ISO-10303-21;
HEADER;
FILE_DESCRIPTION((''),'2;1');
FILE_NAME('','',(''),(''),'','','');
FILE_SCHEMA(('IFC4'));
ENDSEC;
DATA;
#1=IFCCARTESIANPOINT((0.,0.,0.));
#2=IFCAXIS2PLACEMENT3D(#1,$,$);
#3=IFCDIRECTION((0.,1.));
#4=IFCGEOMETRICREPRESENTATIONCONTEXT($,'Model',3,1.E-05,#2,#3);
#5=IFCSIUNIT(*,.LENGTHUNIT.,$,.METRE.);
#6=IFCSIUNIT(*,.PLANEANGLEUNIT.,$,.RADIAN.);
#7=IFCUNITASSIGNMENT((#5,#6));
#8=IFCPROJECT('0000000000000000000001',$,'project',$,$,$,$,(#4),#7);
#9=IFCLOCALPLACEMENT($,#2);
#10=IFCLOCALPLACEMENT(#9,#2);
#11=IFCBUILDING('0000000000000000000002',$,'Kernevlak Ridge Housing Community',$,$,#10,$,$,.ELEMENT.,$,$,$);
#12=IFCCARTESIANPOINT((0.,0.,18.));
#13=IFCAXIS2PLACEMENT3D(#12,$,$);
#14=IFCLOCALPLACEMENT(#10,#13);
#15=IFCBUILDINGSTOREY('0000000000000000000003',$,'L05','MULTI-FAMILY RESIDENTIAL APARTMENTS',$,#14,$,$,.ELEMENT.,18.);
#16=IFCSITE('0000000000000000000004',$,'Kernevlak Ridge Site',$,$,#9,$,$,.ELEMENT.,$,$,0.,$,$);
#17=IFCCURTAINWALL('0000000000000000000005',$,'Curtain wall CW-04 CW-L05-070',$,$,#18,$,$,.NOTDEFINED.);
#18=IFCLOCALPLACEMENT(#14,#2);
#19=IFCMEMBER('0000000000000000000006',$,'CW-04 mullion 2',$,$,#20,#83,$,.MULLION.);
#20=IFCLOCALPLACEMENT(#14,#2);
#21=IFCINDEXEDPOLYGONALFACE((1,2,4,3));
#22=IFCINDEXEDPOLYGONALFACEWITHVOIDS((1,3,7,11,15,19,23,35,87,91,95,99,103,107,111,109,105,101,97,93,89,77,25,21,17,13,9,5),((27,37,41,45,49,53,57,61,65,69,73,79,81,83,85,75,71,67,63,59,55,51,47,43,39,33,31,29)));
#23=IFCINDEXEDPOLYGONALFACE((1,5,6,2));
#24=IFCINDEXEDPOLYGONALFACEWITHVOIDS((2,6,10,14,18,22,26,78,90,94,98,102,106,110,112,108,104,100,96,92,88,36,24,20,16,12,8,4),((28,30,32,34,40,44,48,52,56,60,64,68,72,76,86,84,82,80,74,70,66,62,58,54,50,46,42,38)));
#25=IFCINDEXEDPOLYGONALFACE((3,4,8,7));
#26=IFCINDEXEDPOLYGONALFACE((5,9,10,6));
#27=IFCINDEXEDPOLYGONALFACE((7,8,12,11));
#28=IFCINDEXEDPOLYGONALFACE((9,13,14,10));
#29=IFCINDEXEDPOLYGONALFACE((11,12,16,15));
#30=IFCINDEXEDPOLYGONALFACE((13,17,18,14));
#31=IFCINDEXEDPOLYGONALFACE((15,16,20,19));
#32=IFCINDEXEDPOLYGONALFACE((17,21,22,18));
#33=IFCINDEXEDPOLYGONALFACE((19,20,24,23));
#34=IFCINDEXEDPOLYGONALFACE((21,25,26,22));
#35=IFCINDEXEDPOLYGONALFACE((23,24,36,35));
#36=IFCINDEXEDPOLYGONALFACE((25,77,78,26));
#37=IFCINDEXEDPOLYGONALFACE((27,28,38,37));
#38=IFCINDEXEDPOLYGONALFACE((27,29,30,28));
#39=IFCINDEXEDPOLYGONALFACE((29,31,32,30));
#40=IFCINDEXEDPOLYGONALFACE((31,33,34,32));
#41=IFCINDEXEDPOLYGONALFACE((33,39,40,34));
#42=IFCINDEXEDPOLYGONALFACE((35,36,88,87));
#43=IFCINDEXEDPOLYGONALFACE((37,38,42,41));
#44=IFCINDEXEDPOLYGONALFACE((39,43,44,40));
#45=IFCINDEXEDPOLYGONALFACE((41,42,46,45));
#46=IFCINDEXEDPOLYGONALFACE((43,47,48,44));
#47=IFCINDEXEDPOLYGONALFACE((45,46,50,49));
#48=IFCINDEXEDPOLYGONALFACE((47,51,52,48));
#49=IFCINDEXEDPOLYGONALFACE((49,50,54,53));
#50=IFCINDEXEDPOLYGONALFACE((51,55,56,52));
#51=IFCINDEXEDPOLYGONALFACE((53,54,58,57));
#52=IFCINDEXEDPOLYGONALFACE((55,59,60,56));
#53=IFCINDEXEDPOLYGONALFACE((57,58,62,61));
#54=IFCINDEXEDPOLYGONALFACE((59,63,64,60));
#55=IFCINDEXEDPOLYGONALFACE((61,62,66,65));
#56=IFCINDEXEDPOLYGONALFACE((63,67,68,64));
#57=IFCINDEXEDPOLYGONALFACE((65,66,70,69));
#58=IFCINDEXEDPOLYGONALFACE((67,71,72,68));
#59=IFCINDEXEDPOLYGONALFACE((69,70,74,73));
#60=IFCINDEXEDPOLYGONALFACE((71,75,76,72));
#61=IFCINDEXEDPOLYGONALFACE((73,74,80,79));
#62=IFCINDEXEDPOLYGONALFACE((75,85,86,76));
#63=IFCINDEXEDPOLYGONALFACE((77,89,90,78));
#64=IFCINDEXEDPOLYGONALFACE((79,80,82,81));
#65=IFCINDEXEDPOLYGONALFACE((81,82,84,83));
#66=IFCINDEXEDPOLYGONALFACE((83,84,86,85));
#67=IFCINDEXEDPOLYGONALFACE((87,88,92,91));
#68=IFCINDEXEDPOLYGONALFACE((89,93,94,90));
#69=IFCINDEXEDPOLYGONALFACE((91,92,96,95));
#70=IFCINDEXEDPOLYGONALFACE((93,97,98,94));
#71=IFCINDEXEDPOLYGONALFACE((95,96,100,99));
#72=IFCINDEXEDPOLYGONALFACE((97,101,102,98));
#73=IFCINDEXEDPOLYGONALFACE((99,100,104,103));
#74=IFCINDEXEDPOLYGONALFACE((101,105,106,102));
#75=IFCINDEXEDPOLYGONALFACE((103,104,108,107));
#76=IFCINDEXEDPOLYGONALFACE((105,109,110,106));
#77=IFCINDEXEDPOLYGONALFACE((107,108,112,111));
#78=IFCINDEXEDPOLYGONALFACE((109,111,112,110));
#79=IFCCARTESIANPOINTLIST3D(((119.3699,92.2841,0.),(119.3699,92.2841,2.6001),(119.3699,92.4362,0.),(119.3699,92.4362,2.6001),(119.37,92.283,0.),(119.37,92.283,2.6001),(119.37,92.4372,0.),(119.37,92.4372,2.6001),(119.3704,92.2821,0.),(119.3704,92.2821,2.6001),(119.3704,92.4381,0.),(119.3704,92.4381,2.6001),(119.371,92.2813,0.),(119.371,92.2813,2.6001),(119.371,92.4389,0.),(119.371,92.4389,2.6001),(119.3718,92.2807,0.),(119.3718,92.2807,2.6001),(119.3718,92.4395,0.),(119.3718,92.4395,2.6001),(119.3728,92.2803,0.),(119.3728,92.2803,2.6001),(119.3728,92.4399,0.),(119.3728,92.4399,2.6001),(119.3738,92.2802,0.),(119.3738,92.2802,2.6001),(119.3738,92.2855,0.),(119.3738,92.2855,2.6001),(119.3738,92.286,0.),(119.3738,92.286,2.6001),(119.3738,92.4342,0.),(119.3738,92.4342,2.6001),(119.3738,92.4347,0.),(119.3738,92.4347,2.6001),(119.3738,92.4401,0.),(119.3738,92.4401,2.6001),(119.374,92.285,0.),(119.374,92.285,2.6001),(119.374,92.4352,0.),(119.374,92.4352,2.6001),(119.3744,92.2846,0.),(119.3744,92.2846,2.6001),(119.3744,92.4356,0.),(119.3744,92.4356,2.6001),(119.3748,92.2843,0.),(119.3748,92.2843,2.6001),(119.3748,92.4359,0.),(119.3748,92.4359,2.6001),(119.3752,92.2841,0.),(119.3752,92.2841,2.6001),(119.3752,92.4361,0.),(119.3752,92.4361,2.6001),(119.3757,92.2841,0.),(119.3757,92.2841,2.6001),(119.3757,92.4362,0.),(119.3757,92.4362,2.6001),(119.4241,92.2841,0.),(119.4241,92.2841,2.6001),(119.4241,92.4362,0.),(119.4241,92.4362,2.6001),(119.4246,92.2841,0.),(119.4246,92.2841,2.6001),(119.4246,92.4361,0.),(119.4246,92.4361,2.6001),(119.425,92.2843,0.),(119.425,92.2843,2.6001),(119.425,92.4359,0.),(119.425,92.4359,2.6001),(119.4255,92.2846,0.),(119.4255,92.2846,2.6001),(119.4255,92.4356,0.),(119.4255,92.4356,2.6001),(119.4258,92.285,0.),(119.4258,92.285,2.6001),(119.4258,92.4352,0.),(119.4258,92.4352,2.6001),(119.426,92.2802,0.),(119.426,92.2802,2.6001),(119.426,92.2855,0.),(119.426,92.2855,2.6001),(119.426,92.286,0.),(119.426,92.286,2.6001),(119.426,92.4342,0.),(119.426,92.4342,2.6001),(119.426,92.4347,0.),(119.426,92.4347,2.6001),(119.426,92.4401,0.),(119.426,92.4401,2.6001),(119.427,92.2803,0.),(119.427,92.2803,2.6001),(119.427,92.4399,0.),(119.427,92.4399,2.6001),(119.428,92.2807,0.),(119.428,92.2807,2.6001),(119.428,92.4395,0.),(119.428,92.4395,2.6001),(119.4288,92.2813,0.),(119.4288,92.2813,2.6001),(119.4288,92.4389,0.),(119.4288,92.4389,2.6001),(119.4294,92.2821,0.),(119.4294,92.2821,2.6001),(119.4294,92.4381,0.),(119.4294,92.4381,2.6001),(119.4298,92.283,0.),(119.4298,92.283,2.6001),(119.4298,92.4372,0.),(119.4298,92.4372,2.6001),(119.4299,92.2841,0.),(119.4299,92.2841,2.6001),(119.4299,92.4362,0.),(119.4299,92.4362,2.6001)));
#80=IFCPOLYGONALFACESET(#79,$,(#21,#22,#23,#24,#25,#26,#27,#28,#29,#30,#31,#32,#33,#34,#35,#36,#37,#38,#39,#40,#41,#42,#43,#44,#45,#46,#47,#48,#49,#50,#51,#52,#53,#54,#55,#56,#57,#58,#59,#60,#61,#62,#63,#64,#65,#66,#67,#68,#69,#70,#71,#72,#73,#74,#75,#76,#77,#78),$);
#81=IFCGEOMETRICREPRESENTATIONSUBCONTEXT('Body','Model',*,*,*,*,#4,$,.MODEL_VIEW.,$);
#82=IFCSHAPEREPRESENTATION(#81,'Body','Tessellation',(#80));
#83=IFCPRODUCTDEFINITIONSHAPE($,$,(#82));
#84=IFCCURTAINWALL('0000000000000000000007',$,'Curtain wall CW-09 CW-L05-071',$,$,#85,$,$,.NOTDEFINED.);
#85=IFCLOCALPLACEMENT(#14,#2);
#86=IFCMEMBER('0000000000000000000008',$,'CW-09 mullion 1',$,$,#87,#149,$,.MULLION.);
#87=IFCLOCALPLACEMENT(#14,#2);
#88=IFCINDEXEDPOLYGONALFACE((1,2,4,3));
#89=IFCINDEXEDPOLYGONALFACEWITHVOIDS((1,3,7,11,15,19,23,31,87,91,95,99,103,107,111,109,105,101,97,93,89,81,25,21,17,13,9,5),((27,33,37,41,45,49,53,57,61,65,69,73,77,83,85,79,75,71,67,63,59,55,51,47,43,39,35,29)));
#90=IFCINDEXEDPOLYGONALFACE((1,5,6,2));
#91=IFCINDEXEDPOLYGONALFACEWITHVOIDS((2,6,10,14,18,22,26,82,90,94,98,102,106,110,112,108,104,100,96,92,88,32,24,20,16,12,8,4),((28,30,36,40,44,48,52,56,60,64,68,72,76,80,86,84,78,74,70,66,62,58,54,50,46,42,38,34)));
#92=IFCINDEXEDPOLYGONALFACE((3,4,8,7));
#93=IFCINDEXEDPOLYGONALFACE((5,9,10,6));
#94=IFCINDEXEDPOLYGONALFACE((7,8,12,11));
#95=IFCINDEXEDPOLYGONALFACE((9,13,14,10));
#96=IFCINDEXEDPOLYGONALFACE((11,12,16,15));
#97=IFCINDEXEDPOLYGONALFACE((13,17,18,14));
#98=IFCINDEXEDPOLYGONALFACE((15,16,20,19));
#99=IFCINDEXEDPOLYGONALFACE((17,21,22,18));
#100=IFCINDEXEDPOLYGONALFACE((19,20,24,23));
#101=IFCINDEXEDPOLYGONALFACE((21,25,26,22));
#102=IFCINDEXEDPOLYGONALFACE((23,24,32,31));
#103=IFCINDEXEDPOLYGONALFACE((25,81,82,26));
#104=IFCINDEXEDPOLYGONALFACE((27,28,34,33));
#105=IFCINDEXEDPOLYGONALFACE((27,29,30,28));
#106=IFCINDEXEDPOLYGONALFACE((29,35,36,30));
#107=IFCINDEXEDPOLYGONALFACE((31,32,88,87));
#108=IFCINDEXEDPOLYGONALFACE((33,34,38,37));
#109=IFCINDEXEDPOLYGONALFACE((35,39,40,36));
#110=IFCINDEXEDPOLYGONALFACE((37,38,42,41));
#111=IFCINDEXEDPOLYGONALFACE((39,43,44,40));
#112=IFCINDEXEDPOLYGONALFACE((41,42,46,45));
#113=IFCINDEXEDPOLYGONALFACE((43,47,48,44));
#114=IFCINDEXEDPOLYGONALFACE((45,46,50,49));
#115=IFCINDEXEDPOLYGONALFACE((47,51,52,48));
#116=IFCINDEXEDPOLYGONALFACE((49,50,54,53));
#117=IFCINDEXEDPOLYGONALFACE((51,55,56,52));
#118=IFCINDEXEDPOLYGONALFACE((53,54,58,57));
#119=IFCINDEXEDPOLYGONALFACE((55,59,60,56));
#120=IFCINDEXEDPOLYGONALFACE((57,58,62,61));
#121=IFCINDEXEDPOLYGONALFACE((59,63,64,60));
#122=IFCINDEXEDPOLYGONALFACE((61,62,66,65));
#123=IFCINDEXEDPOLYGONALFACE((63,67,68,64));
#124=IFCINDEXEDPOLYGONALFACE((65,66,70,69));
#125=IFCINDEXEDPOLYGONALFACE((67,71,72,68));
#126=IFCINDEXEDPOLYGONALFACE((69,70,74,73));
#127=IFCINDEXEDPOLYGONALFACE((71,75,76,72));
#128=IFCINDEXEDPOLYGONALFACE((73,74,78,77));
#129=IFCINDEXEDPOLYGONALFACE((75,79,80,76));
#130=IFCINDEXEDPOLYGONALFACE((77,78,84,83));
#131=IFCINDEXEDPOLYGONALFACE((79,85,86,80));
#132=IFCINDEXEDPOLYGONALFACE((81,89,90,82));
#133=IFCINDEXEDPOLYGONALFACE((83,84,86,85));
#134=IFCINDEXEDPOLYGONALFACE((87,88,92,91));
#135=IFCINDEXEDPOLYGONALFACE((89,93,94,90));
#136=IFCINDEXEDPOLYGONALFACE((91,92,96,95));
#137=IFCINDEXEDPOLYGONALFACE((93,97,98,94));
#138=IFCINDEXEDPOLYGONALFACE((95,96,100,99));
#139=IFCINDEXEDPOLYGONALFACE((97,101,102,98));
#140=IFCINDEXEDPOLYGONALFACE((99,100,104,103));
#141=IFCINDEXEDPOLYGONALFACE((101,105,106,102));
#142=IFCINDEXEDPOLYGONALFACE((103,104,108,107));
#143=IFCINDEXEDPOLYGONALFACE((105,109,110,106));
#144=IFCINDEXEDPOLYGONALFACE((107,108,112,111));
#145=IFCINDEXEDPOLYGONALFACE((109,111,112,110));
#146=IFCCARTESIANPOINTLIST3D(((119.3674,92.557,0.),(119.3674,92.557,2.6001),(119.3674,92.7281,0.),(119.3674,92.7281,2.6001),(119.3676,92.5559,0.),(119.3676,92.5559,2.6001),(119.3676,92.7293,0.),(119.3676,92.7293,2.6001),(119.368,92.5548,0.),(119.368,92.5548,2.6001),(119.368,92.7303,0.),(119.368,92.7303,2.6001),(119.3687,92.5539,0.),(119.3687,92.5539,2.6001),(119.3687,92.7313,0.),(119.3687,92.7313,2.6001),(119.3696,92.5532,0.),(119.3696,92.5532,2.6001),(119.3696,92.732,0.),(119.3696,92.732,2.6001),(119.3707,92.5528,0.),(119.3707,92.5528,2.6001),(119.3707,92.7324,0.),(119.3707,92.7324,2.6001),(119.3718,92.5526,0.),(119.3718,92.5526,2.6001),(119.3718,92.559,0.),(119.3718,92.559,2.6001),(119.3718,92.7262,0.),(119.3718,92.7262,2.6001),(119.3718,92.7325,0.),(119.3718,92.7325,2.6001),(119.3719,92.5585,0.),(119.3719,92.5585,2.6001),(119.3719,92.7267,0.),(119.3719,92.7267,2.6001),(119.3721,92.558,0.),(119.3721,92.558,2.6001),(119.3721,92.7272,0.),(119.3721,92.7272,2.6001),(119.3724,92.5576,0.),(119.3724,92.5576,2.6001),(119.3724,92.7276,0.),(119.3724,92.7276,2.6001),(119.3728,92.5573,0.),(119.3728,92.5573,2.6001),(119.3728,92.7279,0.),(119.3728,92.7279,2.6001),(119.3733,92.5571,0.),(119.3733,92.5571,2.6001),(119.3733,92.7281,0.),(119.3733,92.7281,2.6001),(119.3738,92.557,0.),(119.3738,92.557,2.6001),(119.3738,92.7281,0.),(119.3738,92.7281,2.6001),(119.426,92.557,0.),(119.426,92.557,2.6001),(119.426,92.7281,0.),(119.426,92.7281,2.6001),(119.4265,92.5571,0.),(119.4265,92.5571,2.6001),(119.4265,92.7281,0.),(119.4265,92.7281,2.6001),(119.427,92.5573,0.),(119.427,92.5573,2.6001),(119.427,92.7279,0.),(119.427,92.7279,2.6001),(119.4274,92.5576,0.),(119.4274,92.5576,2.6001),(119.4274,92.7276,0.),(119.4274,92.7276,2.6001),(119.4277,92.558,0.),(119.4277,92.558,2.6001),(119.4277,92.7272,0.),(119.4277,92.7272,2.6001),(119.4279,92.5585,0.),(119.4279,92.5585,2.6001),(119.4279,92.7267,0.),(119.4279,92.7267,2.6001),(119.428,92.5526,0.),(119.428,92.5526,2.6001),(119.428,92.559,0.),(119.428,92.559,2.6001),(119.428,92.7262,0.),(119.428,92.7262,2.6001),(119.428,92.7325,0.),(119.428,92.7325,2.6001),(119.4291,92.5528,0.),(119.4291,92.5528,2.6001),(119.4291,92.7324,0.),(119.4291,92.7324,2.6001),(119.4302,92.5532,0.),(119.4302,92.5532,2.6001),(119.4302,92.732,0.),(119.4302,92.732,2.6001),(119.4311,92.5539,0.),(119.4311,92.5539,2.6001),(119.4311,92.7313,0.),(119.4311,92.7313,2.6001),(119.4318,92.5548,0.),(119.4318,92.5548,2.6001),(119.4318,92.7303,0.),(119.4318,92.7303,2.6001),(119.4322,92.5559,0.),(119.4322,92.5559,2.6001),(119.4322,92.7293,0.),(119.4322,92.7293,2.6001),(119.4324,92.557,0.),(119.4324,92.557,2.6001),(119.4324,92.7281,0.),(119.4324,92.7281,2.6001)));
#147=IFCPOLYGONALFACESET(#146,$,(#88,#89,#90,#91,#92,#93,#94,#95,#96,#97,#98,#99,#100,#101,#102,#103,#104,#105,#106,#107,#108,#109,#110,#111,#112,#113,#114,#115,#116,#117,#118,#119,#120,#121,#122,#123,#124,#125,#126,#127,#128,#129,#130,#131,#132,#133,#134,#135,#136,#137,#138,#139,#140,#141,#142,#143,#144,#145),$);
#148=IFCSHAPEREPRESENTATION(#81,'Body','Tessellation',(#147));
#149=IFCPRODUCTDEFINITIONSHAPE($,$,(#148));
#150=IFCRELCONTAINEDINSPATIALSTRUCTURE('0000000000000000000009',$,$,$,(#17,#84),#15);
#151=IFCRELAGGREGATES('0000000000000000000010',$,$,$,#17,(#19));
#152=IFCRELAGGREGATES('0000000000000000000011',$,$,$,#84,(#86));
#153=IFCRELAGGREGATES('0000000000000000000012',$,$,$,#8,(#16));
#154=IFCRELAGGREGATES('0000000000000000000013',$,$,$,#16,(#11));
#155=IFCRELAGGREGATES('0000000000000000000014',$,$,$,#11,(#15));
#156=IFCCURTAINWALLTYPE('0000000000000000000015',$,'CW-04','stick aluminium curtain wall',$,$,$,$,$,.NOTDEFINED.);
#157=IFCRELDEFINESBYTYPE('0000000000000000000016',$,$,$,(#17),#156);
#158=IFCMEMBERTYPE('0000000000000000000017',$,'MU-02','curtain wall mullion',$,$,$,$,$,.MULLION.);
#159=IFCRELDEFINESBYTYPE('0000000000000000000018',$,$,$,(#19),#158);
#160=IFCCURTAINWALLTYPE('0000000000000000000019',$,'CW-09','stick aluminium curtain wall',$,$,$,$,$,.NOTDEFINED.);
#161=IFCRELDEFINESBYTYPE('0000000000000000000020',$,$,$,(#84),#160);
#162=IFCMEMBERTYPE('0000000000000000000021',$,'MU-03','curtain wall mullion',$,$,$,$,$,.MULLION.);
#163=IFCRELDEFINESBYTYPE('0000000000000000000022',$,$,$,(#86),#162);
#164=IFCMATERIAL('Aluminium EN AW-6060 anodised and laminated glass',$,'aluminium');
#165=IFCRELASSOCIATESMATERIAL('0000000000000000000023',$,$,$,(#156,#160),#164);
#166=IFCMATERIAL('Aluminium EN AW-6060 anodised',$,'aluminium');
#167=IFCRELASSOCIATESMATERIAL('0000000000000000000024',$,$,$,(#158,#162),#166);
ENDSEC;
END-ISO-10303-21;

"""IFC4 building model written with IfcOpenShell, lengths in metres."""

from ifc_helpers import new_model, si_unit, direction, frame, origin, origin_2d, place, context, subcontext, project, spatial, hollow_rectangle, extrude, material, material_profile, profile_set, type_object, element, aggregate, save


model = new_model("IFC4")

# Units and contexts
model_context = context("Model", 3, precision=1e-05, world=origin(), true_north=direction((0.0, 1.0)))
body_context = subcontext(model_context, "Body", "Model", "MODEL_VIEW")
ifc_project = project(units=[si_unit("LENGTHUNIT", "METRE"), si_unit("PLANEANGLEUNIT", "RADIAN")], contexts=[model_context])

# Site, building, storey
site_placement = place(None, origin())
site = spatial("IfcSite", under=ifc_project, at=site_placement, Name="Kernevlak Ridge Site", CompositionType="ELEMENT", RefElevation=0.0)
building_placement = place(site_placement, origin())
building = spatial("IfcBuilding", under=site, at=building_placement, Name="Kernevlak Ridge Housing Community", CompositionType="ELEMENT")
storey_placement = place(building_placement, frame((0.0, 0.0, 18.0)))
storey = spatial("IfcBuildingStorey", under=building, at=storey_placement, Name="L05", Description="MULTI-FAMILY RESIDENTIAL APARTMENTS", CompositionType="ELEMENT", Elevation=18.0)

# Shared definitions
ifc_material_1 = material(Name="Aluminium EN AW-6060 anodised and laminated glass", Category="aluminium")
ifc_material_2 = material(Name="Aluminium EN AW-6060 anodised", Category="aluminium")

# Curtain walls, members
curtain_wall_type_1 = type_object("IfcCurtainWallType", Name="CW-04", Description="stick aluminium curtain wall", PredefinedType="NOTDEFINED", material=ifc_material_1)
curtain_wall_1_placement = place(storey_placement, origin())
curtain_wall_1 = element("IfcCurtainWall", 1, at=curtain_wall_1_placement, inside=storey, type_object=curtain_wall_type_1, Name="Curtain wall CW-04 CW-L05-070", PredefinedType="NOTDEFINED")
ifc_material_profile_1 = material_profile(ifc_material_2, hollow_rectangle(XDim=0.0601, YDim=0.1599, WallThickness=0.0039, InnerFilletRadius=0.002, OuterFilletRadius=0.0039, at=origin_2d()), Name="ALU 60x160x4")
ifc_profile_set_1 = profile_set([ifc_material_profile_1], Name="Aluminium EN AW-6060 anodised")
member_type_1 = type_object("IfcMemberType", Name="MU-02", Description="curtain wall mullion", PredefinedType="MULLION", material=ifc_profile_set_1)
member_1_placement = place(storey_placement, frame((119.3999, 92.3601, 0.0), z_axis=(0.0, 0.0, 1.0), x_axis=(-1.0, 0.0, 0.0)))
member_1 = element("IfcMember", 2, at=member_1_placement, type_object=member_type_1, Name="CW-04 mullion 2", PredefinedType="MULLION", context=body_context, shape_type="SweptSolid", body=[
    extrude(hollow_rectangle(XDim=0.0601, YDim=0.1599, WallThickness=0.0039, InnerFilletRadius=0.002, OuterFilletRadius=0.0039, at=origin_2d()), origin(), (0.0, 0.0, 1.0), 2.6001),
])
curtain_wall_type_2 = type_object("IfcCurtainWallType", Name="CW-09", Description="stick aluminium curtain wall", PredefinedType="NOTDEFINED", material=ifc_material_1)
curtain_wall_2_placement = place(storey_placement, origin())
curtain_wall_2 = element("IfcCurtainWall", 3, at=curtain_wall_2_placement, inside=storey, type_object=curtain_wall_type_2, Name="Curtain wall CW-09 CW-L05-071", PredefinedType="NOTDEFINED")
ifc_material_profile_2 = material_profile(ifc_material_2, hollow_rectangle(XDim=0.0649, YDim=0.1799, WallThickness=0.0044, InnerFilletRadius=0.002, OuterFilletRadius=0.0044, at=origin_2d()), Name="ALU 65x180x4.5")
ifc_profile_set_2 = profile_set([ifc_material_profile_2], Name="Aluminium EN AW-6060 anodised")
member_type_2 = type_object("IfcMemberType", Name="MU-03", Description="curtain wall mullion", PredefinedType="MULLION", material=ifc_profile_set_2)
member_2_placement = place(storey_placement, frame((119.3999, 92.6426, 0.0), z_axis=(0.0, 0.0, 1.0), x_axis=(-1.0, 0.0, 0.0)))
member_2 = element("IfcMember", 4, at=member_2_placement, type_object=member_type_2, Name="CW-09 mullion 1", PredefinedType="MULLION", context=body_context, shape_type="SweptSolid", body=[
    extrude(hollow_rectangle(XDim=0.0649, YDim=0.1799, WallThickness=0.0044, InnerFilletRadius=0.002, OuterFilletRadius=0.0044, at=origin_2d()), origin(), (0.0, 0.0, 1.0), 2.6001),
])

aggregate(curtain_wall_1, [member_1])
aggregate(curtain_wall_2, [member_2])

save(model, "model.ifc")
